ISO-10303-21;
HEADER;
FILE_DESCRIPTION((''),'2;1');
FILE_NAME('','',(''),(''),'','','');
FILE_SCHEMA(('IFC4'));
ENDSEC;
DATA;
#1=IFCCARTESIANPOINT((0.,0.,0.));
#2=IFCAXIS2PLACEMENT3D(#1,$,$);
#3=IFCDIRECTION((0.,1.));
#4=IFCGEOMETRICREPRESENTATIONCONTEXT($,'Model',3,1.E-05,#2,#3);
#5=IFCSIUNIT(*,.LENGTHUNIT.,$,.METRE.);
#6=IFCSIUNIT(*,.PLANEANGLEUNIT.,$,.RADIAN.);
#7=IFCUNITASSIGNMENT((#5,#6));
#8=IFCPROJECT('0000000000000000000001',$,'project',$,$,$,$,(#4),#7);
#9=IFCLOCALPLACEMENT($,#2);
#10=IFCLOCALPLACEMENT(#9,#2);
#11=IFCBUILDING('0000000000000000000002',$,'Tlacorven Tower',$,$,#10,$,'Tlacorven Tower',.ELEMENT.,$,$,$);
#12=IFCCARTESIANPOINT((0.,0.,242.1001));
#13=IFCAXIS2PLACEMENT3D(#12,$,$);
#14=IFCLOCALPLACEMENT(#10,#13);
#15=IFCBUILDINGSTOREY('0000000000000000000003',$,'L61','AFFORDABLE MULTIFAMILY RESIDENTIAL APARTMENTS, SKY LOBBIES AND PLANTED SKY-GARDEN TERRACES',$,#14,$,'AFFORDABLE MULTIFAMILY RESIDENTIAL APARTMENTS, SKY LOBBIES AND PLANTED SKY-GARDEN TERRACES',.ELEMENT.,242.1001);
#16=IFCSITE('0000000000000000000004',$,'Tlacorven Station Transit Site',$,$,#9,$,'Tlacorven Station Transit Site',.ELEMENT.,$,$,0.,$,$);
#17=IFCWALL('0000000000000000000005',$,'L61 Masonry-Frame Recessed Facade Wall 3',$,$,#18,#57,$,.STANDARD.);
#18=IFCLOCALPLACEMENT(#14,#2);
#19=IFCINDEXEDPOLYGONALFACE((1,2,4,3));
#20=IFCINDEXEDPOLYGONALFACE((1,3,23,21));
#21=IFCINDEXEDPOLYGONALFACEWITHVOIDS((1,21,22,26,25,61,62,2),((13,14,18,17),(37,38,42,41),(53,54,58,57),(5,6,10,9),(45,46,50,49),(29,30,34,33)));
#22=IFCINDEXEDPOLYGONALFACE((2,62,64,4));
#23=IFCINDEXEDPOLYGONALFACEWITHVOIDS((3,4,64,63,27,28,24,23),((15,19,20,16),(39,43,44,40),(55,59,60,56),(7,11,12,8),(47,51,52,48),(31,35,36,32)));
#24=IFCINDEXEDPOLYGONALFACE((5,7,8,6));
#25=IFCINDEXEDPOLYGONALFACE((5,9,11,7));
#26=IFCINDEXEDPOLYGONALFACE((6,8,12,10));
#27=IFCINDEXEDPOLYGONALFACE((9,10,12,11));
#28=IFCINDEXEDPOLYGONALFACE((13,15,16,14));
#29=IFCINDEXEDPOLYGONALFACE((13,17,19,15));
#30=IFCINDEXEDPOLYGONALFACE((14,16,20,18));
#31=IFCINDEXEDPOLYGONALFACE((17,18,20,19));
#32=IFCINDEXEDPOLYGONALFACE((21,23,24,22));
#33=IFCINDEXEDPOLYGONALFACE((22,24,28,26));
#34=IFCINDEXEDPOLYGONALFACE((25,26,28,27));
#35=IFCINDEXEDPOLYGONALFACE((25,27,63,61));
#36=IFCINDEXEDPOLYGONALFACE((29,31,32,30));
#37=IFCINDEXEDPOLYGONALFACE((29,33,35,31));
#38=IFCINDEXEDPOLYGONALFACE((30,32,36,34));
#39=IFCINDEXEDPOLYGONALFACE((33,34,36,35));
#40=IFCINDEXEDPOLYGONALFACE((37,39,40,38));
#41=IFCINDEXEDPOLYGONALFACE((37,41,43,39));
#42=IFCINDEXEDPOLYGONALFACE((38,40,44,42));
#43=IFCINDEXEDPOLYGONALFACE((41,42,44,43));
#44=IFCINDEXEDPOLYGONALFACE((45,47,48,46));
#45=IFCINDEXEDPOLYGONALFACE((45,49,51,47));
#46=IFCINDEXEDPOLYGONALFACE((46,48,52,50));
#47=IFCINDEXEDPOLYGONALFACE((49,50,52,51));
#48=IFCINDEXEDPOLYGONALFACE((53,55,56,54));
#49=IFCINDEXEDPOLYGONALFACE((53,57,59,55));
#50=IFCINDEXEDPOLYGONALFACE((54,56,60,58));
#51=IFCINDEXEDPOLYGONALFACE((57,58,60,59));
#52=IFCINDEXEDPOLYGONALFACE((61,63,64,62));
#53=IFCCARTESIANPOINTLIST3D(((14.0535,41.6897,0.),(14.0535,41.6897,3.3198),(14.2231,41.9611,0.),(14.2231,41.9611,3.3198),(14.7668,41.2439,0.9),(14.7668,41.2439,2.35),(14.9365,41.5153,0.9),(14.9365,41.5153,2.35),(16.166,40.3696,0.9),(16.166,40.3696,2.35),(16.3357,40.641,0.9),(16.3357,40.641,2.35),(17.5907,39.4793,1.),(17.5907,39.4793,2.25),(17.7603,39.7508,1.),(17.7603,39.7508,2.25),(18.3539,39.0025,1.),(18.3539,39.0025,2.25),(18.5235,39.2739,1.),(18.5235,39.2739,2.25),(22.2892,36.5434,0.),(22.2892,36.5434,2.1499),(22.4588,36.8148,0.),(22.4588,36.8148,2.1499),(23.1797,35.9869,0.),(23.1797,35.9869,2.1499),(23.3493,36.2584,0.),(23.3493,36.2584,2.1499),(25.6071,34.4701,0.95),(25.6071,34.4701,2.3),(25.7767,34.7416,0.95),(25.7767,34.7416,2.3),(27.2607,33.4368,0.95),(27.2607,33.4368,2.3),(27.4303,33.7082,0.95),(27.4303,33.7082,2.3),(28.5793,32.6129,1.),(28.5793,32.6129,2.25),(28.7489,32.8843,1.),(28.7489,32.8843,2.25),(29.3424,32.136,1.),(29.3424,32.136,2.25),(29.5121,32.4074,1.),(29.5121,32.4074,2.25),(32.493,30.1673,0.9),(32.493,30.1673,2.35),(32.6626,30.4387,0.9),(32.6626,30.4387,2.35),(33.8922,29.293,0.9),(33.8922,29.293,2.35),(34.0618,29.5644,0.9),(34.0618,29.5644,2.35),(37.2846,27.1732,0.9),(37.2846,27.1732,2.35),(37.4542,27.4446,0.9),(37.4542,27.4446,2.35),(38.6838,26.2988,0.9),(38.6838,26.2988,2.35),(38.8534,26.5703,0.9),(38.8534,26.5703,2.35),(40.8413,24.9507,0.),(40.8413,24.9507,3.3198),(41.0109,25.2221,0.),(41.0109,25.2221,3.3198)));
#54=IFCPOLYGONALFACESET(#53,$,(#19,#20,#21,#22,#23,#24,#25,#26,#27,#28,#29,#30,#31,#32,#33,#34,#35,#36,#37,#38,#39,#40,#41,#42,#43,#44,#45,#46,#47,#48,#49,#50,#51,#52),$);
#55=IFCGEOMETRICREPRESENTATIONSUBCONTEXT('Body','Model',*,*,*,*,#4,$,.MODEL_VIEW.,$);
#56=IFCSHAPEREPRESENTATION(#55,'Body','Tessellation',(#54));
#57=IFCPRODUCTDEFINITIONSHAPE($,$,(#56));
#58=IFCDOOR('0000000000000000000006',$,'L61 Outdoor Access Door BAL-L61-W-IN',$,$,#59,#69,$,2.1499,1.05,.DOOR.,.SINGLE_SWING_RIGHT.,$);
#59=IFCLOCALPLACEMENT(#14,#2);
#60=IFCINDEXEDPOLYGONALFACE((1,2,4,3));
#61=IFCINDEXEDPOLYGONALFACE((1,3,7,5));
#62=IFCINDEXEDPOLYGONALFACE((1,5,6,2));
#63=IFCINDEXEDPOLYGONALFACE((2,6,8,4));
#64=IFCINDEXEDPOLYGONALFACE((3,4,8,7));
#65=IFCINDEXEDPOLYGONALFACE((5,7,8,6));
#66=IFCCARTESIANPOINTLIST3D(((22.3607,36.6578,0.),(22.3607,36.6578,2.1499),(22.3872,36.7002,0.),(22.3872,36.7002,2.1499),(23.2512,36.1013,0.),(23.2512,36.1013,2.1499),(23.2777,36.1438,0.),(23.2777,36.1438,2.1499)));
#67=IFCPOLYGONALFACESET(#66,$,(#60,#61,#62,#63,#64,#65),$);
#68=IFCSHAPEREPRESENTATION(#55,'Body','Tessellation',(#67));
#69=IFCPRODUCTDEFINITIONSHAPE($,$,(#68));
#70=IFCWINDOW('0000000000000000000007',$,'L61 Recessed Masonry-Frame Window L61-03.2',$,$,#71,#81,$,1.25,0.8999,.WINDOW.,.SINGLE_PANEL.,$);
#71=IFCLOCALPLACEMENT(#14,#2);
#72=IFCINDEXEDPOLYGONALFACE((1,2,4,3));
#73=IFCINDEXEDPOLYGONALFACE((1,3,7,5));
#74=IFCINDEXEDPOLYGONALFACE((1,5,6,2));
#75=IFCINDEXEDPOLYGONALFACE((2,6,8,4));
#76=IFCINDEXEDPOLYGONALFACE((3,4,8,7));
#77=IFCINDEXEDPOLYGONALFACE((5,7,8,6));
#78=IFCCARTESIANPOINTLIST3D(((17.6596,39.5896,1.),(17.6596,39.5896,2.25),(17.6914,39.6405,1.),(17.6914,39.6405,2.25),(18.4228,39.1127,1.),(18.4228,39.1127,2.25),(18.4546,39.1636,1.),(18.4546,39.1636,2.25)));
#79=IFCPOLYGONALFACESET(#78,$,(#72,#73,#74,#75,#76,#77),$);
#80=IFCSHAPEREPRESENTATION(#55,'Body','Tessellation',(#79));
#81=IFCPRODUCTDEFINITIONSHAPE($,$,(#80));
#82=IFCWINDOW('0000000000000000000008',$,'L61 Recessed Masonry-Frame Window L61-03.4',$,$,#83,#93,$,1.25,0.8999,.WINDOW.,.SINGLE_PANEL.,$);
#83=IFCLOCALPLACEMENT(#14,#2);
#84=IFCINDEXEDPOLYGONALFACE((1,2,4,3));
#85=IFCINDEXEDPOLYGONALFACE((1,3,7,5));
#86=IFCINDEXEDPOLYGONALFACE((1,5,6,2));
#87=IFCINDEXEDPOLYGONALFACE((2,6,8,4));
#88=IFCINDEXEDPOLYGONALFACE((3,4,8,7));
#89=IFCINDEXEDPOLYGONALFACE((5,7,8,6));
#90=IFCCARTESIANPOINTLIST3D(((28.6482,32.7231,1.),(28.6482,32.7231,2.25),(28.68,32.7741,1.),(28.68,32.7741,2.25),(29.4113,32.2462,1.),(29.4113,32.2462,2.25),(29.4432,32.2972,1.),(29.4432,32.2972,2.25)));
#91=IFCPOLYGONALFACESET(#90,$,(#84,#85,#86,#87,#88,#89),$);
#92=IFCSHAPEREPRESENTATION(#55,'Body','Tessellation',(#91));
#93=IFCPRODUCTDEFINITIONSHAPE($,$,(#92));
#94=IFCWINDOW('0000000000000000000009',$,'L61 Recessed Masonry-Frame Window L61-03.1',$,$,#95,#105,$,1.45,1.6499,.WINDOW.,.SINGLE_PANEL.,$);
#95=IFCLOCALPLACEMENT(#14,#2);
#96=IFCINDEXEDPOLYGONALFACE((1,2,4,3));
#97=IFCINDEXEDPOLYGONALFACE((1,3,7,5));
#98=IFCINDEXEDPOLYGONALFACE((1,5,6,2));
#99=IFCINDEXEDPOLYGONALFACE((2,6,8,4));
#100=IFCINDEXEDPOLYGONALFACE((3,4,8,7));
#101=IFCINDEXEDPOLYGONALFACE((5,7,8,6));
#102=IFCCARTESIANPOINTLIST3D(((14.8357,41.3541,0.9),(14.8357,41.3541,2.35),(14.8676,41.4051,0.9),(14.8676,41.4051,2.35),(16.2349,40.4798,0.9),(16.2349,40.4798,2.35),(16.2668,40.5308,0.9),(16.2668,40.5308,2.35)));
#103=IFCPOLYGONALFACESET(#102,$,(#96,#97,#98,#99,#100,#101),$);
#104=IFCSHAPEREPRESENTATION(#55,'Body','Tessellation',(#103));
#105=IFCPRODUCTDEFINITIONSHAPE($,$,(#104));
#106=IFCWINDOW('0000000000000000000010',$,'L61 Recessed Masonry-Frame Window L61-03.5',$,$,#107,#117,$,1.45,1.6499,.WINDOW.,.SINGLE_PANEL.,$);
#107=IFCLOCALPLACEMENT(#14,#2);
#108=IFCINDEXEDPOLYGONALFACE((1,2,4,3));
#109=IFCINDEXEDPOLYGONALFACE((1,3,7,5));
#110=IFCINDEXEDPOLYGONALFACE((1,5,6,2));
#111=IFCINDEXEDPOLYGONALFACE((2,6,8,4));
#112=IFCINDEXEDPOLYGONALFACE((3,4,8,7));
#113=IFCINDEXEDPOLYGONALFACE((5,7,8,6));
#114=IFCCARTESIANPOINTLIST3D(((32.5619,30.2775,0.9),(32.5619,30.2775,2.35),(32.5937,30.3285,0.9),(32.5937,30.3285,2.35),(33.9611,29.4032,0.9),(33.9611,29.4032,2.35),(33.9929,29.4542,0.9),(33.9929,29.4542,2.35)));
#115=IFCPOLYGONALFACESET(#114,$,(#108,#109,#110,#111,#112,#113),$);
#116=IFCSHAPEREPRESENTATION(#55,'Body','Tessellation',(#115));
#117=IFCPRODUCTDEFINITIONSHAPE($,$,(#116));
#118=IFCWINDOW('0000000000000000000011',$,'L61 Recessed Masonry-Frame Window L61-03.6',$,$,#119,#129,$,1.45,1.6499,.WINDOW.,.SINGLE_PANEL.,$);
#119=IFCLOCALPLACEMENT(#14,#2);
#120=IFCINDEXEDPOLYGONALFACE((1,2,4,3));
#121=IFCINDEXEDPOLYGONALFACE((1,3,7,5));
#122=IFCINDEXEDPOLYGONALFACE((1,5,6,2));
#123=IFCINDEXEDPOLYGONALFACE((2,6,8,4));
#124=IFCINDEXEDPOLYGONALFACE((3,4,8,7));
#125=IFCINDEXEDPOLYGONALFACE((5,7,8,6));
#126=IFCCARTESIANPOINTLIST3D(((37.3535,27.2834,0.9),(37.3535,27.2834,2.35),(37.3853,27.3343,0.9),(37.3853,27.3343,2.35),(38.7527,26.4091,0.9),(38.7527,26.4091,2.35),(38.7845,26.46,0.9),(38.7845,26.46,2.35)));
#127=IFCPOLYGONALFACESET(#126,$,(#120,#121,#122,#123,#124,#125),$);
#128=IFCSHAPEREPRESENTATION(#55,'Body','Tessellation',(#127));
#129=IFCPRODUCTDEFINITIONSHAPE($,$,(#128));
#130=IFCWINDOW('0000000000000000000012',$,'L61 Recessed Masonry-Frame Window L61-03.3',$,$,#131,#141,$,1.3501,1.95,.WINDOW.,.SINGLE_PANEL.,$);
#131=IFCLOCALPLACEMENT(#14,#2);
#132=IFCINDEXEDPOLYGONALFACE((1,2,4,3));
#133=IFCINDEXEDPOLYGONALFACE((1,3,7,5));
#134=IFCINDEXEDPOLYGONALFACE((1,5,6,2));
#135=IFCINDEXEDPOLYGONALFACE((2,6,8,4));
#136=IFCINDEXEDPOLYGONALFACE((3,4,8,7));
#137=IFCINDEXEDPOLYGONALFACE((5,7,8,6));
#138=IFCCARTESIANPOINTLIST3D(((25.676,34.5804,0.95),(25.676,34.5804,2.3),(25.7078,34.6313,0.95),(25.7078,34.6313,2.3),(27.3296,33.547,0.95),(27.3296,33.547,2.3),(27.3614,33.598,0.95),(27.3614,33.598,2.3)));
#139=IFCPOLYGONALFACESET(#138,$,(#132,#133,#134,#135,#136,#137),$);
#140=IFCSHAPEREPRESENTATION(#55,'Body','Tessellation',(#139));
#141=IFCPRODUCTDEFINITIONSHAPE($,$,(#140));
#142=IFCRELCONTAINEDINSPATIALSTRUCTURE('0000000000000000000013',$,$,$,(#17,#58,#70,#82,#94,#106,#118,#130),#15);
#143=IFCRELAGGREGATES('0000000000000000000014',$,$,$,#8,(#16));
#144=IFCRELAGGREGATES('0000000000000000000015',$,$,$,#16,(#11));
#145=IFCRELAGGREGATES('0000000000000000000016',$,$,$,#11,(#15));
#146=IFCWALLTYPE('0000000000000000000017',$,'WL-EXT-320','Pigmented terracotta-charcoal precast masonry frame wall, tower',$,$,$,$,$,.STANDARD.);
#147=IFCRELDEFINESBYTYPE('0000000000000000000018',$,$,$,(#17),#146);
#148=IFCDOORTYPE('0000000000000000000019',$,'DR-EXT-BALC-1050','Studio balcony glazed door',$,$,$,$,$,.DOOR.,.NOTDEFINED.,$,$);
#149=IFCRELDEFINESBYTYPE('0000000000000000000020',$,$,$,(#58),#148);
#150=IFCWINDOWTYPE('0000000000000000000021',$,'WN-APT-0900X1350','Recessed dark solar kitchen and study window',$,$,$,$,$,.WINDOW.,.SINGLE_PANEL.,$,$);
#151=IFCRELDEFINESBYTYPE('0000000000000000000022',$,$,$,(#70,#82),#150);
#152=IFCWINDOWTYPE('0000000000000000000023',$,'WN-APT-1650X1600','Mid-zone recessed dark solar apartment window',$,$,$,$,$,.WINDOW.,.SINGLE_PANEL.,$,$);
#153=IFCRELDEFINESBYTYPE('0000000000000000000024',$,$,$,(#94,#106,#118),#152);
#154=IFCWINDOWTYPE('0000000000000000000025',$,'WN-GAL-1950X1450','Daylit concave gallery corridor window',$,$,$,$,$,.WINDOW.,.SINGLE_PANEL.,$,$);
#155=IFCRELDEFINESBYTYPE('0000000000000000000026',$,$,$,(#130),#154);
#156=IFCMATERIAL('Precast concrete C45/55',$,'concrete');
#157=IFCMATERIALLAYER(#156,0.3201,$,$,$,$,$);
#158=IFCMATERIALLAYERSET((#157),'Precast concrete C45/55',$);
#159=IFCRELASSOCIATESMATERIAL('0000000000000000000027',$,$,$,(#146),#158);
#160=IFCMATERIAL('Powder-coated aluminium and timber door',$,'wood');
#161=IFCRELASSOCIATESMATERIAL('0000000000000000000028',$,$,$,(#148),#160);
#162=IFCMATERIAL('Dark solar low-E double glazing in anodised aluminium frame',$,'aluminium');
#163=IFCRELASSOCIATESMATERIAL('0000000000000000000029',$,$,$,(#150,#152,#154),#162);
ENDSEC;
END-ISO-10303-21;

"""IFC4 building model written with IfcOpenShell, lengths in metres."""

from ifc_helpers import new_model, si_unit, direction, frame, frame_2d, origin, place, context, subcontext, project, spatial, rectangle, extrude, source, transform, mapped, material, layer, layer_set, type_object, element, fill, save


model = new_model("IFC4")

# Units and contexts
model_context = context("Model", 3, precision=1e-05, world=origin(), true_north=direction((0.0, 1.0)))
body_context = subcontext(model_context, "Body", "Model", "MODEL_VIEW")
ifc_project = project(units=[si_unit("LENGTHUNIT", "METRE"), si_unit("PLANEANGLEUNIT", "RADIAN")], contexts=[model_context])

# Site, building, storey
site_placement = place(None, origin())
site = spatial("IfcSite", under=ifc_project, at=site_placement, Name="Tlacorven Station Transit Site", LongName="Tlacorven Station Transit Site", CompositionType="ELEMENT", RefElevation=0.0)
building_placement = place(site_placement, origin())
building = spatial("IfcBuilding", under=site, at=building_placement, Name="Tlacorven Tower", LongName="Tlacorven Tower", CompositionType="ELEMENT")
storey_placement = place(building_placement, frame((0.0, 0.0, 242.1001)))
storey = spatial("IfcBuildingStorey", under=building, at=storey_placement, Name="L61", Description="AFFORDABLE MULTIFAMILY RESIDENTIAL APARTMENTS, SKY LOBBIES AND PLANTED SKY-GARDEN TERRACES", LongName="AFFORDABLE MULTIFAMILY RESIDENTIAL APARTMENTS, SKY LOBBIES AND PLANTED SKY-GARDEN TERRACES", CompositionType="ELEMENT", Elevation=242.1001)

# Wall, openings, door, windows
ifc_material_1 = material(Name="Precast concrete C45/55", Category="concrete")
ifc_layer_1 = layer(ifc_material_1, 0.3201)
ifc_layer_set_1 = layer_set([ifc_layer_1], Name="Precast concrete C45/55")
wall_type_1 = type_object("IfcWallType", Name="WL-EXT-320", Description="Pigmented terracotta-charcoal precast masonry frame wall, tower", PredefinedType="STANDARD", material=ifc_layer_set_1)
wall_1_placement = place(storey_placement, frame((14.1382, 41.8254, 0.0), z_axis=(0.0, 0.0, 1.0), x_axis=(0.848046, -0.529922, 0.0)))
wall_1 = element("IfcWall", 1, at=wall_1_placement, inside=storey, type_object=wall_type_1, Name="L61 Masonry-Frame Recessed Facade Wall 3", PredefinedType="STANDARD", context=body_context, shape_type="SweptSolid", body=[
    extrude(rectangle(XDim=31.5876, YDim=0.3201, at=frame_2d((15.7939, 0.0))), origin(), (0.0, 0.0, 1.0), 3.3198),
])
opening_1_placement = place(wall_1_placement, frame((9.7117, 0.0, 0.0)))
opening_1 = element("IfcOpeningElement", 2, at=opening_1_placement, cuts=wall_1, PredefinedType="OPENING", context=body_context, shape_type="SweptSolid", body=[
    extrude(rectangle(XDim=1.05, YDim=2.1499, at=frame_2d((0.5249, 1.075))), frame((0.0, 0.1699, 0.0), z_axis=(0.0, -1.0, 0.0), x_axis=(1.0, 0.0, 0.0)), (0.0, 0.0, 1.0), 0.3401),
])
opening_2_placement = place(wall_1_placement, frame((0.8413, 0.0, 0.8999)))
opening_2 = element("IfcOpeningElement", 3, at=opening_2_placement, cuts=wall_1, PredefinedType="OPENING", context=body_context, shape_type="SweptSolid", body=[
    extrude(rectangle(XDim=1.6499, YDim=1.45, at=frame_2d((0.825, 0.7251))), frame((0.0, 0.1699, 0.0), z_axis=(0.0, -1.0, 0.0), x_axis=(1.0, 0.0, 0.0)), (0.0, 0.0, 1.0), 0.3401),
])
opening_3_placement = place(wall_1_placement, frame((4.1711, 0.0, 1.0)))
opening_3 = element("IfcOpeningElement", 4, at=opening_3_placement, cuts=wall_1, PredefinedType="OPENING", context=body_context, shape_type="SweptSolid", body=[
    extrude(rectangle(XDim=0.8999, YDim=1.25, at=frame_2d((0.45, 0.625))), frame((0.0, 0.1699, 0.0), z_axis=(0.0, -1.0, 0.0), x_axis=(1.0, 0.0, 0.0)), (0.0, 0.0, 1.0), 0.3401),
])
opening_4_placement = place(wall_1_placement, frame((13.6238, 0.0, 0.95)))
opening_4 = element("IfcOpeningElement", 5, at=opening_4_placement, cuts=wall_1, PredefinedType="OPENING", context=body_context, shape_type="SweptSolid", body=[
    extrude(rectangle(XDim=1.95, YDim=1.3501, at=frame_2d((0.9751, 0.675))), frame((0.0, 0.1699, 0.0), z_axis=(0.0, -1.0, 0.0), x_axis=(1.0, 0.0, 0.0)), (0.0, 0.0, 1.0), 0.3401),
])
opening_5_placement = place(wall_1_placement, frame((17.1287, 0.0, 1.0)))
opening_5 = element("IfcOpeningElement", 6, at=opening_5_placement, cuts=wall_1, PredefinedType="OPENING", context=body_context, shape_type="SweptSolid", body=[
    extrude(rectangle(XDim=0.8999, YDim=1.25, at=frame_2d((0.45, 0.625))), frame((0.0, 0.1699, 0.0), z_axis=(0.0, -1.0, 0.0), x_axis=(1.0, 0.0, 0.0)), (0.0, 0.0, 1.0), 0.3401),
])
opening_6_placement = place(wall_1_placement, frame((21.7437, 0.0, 0.8999)))
opening_6 = element("IfcOpeningElement", 7, at=opening_6_placement, cuts=wall_1, PredefinedType="OPENING", context=body_context, shape_type="SweptSolid", body=[
    extrude(rectangle(XDim=1.6499, YDim=1.45, at=frame_2d((0.825, 0.7251))), frame((0.0, 0.1699, 0.0), z_axis=(0.0, -1.0, 0.0), x_axis=(1.0, 0.0, 0.0)), (0.0, 0.0, 1.0), 0.3401),
])
opening_7_placement = place(wall_1_placement, frame((27.3938, 0.0, 0.8999)))
opening_7 = element("IfcOpeningElement", 8, at=opening_7_placement, cuts=wall_1, PredefinedType="OPENING", context=body_context, shape_type="SweptSolid", body=[
    extrude(rectangle(XDim=1.6499, YDim=1.45, at=frame_2d((0.825, 0.7251))), frame((0.0, 0.1699, 0.0), z_axis=(0.0, -1.0, 0.0), x_axis=(1.0, 0.0, 0.0)), (0.0, 0.0, 1.0), 0.3401),
])
ifc_material_2 = material(Name="Powder-coated aluminium and timber door", Category="wood")
door_type_1 = type_object("IfcDoorType", Name="DR-EXT-BALC-1050", Description="Studio balcony glazed door", OperationType="NOTDEFINED", PredefinedType="DOOR", material=ifc_material_2)
shared_shape_1 = source(origin(), body_context, "Body", "SweptSolid", [
    extrude(rectangle(XDim=1.05, YDim=2.1499, at=frame_2d((0.5249, 1.075))), frame((0.0, 0.0249, 0.0), z_axis=(0.0, -1.0, 0.0), x_axis=(1.0, 0.0, 0.0)), (0.0, 0.0, 1.0), 0.05),
])
door_1_placement = place(opening_1_placement, origin())
door_1 = element("IfcDoor", 9, at=door_1_placement, inside=storey, type_object=door_type_1, Name="L61 Outdoor Access Door BAL-L61-W-IN", OperationType="SINGLE_SWING_RIGHT", OverallHeight=2.1499, OverallWidth=1.05, PredefinedType="DOOR", context=body_context, shape_type="MappedRepresentation", body=[
    mapped(shared_shape_1, transform((0.0, 0.0, 0.0), scale=1.0)),
])
fill(opening_1, door_1)
ifc_material_3 = material(Name="Dark solar low-E double glazing in anodised aluminium frame", Category="aluminium")
window_type_1 = type_object("IfcWindowType", Name="WN-APT-0900X1350", Description="Recessed dark solar kitchen and study window", PartitioningType="SINGLE_PANEL", PredefinedType="WINDOW", material=ifc_material_3)
shared_shape_2 = source(origin(), body_context, "Body", "SweptSolid", [
    extrude(rectangle(XDim=0.8999, YDim=1.25, at=frame_2d((0.45, 0.625))), frame((0.0, 0.03, 0.0), z_axis=(0.0, -1.0, 0.0), x_axis=(1.0, 0.0, 0.0)), (0.0, 0.0, 1.0), 0.0601),
])
window_1_placement = place(opening_3_placement, origin())
window_1 = element("IfcWindow", 10, at=window_1_placement, inside=storey, type_object=window_type_1, Name="L61 Recessed Masonry-Frame Window L61-03.2", OverallHeight=1.25, OverallWidth=0.8999, PartitioningType="SINGLE_PANEL", PredefinedType="WINDOW", context=body_context, shape_type="MappedRepresentation", body=[
    mapped(shared_shape_2, transform((0.0, 0.0, 0.0), scale=1.0)),
])
fill(opening_3, window_1)
window_2_placement = place(opening_5_placement, origin())
window_2 = element("IfcWindow", 11, at=window_2_placement, inside=storey, type_object=window_type_1, Name="L61 Recessed Masonry-Frame Window L61-03.4", OverallHeight=1.25, OverallWidth=0.8999, PartitioningType="SINGLE_PANEL", PredefinedType="WINDOW", context=body_context, shape_type="MappedRepresentation", body=[
    mapped(shared_shape_2, transform((0.0, 0.0, 0.0), scale=1.0)),
])
fill(opening_5, window_2)
window_type_2 = type_object("IfcWindowType", Name="WN-APT-1650X1600", Description="Mid-zone recessed dark solar apartment window", PartitioningType="SINGLE_PANEL", PredefinedType="WINDOW", material=ifc_material_3)
shared_shape_3 = source(origin(), body_context, "Body", "SweptSolid", [
    extrude(rectangle(XDim=1.6499, YDim=1.45, at=frame_2d((0.825, 0.7251))), frame((0.0, 0.03, 0.0), z_axis=(0.0, -1.0, 0.0), x_axis=(1.0, 0.0, 0.0)), (0.0, 0.0, 1.0), 0.0601),
])
window_3_placement = place(opening_2_placement, origin())
window_3 = element("IfcWindow", 12, at=window_3_placement, inside=storey, type_object=window_type_2, Name="L61 Recessed Masonry-Frame Window L61-03.1", OverallHeight=1.45, OverallWidth=1.6499, PartitioningType="SINGLE_PANEL", PredefinedType="WINDOW", context=body_context, shape_type="MappedRepresentation", body=[
    mapped(shared_shape_3, transform((0.0, 0.0, 0.0), scale=1.0)),
])
fill(opening_2, window_3)
window_4_placement = place(opening_6_placement, origin())
window_4 = element("IfcWindow", 13, at=window_4_placement, inside=storey, type_object=window_type_2, Name="L61 Recessed Masonry-Frame Window L61-03.5", OverallHeight=1.45, OverallWidth=1.6499, PartitioningType="SINGLE_PANEL", PredefinedType="WINDOW", context=body_context, shape_type="MappedRepresentation", body=[
    mapped(shared_shape_3, transform((0.0, 0.0, 0.0), scale=1.0)),
])
fill(opening_6, window_4)
window_5_placement = place(opening_7_placement, origin())
window_5 = element("IfcWindow", 14, at=window_5_placement, inside=storey, type_object=window_type_2, Name="L61 Recessed Masonry-Frame Window L61-03.6", OverallHeight=1.45, OverallWidth=1.6499, PartitioningType="SINGLE_PANEL", PredefinedType="WINDOW", context=body_context, shape_type="MappedRepresentation", body=[
    mapped(shared_shape_3, transform((0.0, 0.0, 0.0), scale=1.0)),
])
fill(opening_7, window_5)
window_type_3 = type_object("IfcWindowType", Name="WN-GAL-1950X1450", Description="Daylit concave gallery corridor window", PartitioningType="SINGLE_PANEL", PredefinedType="WINDOW", material=ifc_material_3)
shared_shape_4 = source(origin(), body_context, "Body", "SweptSolid", [
    extrude(rectangle(XDim=1.95, YDim=1.3501, at=frame_2d((0.9751, 0.675))), frame((0.0, 0.03, 0.0), z_axis=(0.0, -1.0, 0.0), x_axis=(1.0, 0.0, 0.0)), (0.0, 0.0, 1.0), 0.0601),
])
window_6_placement = place(opening_4_placement, origin())
window_6 = element("IfcWindow", 15, at=window_6_placement, inside=storey, type_object=window_type_3, Name="L61 Recessed Masonry-Frame Window L61-03.3", OverallHeight=1.3501, OverallWidth=1.95, PartitioningType="SINGLE_PANEL", PredefinedType="WINDOW", context=body_context, shape_type="MappedRepresentation", body=[
    mapped(shared_shape_4, transform((0.0, 0.0, 0.0), scale=1.0)),
])
fill(opening_4, window_6)

save(model, "model.ifc")
